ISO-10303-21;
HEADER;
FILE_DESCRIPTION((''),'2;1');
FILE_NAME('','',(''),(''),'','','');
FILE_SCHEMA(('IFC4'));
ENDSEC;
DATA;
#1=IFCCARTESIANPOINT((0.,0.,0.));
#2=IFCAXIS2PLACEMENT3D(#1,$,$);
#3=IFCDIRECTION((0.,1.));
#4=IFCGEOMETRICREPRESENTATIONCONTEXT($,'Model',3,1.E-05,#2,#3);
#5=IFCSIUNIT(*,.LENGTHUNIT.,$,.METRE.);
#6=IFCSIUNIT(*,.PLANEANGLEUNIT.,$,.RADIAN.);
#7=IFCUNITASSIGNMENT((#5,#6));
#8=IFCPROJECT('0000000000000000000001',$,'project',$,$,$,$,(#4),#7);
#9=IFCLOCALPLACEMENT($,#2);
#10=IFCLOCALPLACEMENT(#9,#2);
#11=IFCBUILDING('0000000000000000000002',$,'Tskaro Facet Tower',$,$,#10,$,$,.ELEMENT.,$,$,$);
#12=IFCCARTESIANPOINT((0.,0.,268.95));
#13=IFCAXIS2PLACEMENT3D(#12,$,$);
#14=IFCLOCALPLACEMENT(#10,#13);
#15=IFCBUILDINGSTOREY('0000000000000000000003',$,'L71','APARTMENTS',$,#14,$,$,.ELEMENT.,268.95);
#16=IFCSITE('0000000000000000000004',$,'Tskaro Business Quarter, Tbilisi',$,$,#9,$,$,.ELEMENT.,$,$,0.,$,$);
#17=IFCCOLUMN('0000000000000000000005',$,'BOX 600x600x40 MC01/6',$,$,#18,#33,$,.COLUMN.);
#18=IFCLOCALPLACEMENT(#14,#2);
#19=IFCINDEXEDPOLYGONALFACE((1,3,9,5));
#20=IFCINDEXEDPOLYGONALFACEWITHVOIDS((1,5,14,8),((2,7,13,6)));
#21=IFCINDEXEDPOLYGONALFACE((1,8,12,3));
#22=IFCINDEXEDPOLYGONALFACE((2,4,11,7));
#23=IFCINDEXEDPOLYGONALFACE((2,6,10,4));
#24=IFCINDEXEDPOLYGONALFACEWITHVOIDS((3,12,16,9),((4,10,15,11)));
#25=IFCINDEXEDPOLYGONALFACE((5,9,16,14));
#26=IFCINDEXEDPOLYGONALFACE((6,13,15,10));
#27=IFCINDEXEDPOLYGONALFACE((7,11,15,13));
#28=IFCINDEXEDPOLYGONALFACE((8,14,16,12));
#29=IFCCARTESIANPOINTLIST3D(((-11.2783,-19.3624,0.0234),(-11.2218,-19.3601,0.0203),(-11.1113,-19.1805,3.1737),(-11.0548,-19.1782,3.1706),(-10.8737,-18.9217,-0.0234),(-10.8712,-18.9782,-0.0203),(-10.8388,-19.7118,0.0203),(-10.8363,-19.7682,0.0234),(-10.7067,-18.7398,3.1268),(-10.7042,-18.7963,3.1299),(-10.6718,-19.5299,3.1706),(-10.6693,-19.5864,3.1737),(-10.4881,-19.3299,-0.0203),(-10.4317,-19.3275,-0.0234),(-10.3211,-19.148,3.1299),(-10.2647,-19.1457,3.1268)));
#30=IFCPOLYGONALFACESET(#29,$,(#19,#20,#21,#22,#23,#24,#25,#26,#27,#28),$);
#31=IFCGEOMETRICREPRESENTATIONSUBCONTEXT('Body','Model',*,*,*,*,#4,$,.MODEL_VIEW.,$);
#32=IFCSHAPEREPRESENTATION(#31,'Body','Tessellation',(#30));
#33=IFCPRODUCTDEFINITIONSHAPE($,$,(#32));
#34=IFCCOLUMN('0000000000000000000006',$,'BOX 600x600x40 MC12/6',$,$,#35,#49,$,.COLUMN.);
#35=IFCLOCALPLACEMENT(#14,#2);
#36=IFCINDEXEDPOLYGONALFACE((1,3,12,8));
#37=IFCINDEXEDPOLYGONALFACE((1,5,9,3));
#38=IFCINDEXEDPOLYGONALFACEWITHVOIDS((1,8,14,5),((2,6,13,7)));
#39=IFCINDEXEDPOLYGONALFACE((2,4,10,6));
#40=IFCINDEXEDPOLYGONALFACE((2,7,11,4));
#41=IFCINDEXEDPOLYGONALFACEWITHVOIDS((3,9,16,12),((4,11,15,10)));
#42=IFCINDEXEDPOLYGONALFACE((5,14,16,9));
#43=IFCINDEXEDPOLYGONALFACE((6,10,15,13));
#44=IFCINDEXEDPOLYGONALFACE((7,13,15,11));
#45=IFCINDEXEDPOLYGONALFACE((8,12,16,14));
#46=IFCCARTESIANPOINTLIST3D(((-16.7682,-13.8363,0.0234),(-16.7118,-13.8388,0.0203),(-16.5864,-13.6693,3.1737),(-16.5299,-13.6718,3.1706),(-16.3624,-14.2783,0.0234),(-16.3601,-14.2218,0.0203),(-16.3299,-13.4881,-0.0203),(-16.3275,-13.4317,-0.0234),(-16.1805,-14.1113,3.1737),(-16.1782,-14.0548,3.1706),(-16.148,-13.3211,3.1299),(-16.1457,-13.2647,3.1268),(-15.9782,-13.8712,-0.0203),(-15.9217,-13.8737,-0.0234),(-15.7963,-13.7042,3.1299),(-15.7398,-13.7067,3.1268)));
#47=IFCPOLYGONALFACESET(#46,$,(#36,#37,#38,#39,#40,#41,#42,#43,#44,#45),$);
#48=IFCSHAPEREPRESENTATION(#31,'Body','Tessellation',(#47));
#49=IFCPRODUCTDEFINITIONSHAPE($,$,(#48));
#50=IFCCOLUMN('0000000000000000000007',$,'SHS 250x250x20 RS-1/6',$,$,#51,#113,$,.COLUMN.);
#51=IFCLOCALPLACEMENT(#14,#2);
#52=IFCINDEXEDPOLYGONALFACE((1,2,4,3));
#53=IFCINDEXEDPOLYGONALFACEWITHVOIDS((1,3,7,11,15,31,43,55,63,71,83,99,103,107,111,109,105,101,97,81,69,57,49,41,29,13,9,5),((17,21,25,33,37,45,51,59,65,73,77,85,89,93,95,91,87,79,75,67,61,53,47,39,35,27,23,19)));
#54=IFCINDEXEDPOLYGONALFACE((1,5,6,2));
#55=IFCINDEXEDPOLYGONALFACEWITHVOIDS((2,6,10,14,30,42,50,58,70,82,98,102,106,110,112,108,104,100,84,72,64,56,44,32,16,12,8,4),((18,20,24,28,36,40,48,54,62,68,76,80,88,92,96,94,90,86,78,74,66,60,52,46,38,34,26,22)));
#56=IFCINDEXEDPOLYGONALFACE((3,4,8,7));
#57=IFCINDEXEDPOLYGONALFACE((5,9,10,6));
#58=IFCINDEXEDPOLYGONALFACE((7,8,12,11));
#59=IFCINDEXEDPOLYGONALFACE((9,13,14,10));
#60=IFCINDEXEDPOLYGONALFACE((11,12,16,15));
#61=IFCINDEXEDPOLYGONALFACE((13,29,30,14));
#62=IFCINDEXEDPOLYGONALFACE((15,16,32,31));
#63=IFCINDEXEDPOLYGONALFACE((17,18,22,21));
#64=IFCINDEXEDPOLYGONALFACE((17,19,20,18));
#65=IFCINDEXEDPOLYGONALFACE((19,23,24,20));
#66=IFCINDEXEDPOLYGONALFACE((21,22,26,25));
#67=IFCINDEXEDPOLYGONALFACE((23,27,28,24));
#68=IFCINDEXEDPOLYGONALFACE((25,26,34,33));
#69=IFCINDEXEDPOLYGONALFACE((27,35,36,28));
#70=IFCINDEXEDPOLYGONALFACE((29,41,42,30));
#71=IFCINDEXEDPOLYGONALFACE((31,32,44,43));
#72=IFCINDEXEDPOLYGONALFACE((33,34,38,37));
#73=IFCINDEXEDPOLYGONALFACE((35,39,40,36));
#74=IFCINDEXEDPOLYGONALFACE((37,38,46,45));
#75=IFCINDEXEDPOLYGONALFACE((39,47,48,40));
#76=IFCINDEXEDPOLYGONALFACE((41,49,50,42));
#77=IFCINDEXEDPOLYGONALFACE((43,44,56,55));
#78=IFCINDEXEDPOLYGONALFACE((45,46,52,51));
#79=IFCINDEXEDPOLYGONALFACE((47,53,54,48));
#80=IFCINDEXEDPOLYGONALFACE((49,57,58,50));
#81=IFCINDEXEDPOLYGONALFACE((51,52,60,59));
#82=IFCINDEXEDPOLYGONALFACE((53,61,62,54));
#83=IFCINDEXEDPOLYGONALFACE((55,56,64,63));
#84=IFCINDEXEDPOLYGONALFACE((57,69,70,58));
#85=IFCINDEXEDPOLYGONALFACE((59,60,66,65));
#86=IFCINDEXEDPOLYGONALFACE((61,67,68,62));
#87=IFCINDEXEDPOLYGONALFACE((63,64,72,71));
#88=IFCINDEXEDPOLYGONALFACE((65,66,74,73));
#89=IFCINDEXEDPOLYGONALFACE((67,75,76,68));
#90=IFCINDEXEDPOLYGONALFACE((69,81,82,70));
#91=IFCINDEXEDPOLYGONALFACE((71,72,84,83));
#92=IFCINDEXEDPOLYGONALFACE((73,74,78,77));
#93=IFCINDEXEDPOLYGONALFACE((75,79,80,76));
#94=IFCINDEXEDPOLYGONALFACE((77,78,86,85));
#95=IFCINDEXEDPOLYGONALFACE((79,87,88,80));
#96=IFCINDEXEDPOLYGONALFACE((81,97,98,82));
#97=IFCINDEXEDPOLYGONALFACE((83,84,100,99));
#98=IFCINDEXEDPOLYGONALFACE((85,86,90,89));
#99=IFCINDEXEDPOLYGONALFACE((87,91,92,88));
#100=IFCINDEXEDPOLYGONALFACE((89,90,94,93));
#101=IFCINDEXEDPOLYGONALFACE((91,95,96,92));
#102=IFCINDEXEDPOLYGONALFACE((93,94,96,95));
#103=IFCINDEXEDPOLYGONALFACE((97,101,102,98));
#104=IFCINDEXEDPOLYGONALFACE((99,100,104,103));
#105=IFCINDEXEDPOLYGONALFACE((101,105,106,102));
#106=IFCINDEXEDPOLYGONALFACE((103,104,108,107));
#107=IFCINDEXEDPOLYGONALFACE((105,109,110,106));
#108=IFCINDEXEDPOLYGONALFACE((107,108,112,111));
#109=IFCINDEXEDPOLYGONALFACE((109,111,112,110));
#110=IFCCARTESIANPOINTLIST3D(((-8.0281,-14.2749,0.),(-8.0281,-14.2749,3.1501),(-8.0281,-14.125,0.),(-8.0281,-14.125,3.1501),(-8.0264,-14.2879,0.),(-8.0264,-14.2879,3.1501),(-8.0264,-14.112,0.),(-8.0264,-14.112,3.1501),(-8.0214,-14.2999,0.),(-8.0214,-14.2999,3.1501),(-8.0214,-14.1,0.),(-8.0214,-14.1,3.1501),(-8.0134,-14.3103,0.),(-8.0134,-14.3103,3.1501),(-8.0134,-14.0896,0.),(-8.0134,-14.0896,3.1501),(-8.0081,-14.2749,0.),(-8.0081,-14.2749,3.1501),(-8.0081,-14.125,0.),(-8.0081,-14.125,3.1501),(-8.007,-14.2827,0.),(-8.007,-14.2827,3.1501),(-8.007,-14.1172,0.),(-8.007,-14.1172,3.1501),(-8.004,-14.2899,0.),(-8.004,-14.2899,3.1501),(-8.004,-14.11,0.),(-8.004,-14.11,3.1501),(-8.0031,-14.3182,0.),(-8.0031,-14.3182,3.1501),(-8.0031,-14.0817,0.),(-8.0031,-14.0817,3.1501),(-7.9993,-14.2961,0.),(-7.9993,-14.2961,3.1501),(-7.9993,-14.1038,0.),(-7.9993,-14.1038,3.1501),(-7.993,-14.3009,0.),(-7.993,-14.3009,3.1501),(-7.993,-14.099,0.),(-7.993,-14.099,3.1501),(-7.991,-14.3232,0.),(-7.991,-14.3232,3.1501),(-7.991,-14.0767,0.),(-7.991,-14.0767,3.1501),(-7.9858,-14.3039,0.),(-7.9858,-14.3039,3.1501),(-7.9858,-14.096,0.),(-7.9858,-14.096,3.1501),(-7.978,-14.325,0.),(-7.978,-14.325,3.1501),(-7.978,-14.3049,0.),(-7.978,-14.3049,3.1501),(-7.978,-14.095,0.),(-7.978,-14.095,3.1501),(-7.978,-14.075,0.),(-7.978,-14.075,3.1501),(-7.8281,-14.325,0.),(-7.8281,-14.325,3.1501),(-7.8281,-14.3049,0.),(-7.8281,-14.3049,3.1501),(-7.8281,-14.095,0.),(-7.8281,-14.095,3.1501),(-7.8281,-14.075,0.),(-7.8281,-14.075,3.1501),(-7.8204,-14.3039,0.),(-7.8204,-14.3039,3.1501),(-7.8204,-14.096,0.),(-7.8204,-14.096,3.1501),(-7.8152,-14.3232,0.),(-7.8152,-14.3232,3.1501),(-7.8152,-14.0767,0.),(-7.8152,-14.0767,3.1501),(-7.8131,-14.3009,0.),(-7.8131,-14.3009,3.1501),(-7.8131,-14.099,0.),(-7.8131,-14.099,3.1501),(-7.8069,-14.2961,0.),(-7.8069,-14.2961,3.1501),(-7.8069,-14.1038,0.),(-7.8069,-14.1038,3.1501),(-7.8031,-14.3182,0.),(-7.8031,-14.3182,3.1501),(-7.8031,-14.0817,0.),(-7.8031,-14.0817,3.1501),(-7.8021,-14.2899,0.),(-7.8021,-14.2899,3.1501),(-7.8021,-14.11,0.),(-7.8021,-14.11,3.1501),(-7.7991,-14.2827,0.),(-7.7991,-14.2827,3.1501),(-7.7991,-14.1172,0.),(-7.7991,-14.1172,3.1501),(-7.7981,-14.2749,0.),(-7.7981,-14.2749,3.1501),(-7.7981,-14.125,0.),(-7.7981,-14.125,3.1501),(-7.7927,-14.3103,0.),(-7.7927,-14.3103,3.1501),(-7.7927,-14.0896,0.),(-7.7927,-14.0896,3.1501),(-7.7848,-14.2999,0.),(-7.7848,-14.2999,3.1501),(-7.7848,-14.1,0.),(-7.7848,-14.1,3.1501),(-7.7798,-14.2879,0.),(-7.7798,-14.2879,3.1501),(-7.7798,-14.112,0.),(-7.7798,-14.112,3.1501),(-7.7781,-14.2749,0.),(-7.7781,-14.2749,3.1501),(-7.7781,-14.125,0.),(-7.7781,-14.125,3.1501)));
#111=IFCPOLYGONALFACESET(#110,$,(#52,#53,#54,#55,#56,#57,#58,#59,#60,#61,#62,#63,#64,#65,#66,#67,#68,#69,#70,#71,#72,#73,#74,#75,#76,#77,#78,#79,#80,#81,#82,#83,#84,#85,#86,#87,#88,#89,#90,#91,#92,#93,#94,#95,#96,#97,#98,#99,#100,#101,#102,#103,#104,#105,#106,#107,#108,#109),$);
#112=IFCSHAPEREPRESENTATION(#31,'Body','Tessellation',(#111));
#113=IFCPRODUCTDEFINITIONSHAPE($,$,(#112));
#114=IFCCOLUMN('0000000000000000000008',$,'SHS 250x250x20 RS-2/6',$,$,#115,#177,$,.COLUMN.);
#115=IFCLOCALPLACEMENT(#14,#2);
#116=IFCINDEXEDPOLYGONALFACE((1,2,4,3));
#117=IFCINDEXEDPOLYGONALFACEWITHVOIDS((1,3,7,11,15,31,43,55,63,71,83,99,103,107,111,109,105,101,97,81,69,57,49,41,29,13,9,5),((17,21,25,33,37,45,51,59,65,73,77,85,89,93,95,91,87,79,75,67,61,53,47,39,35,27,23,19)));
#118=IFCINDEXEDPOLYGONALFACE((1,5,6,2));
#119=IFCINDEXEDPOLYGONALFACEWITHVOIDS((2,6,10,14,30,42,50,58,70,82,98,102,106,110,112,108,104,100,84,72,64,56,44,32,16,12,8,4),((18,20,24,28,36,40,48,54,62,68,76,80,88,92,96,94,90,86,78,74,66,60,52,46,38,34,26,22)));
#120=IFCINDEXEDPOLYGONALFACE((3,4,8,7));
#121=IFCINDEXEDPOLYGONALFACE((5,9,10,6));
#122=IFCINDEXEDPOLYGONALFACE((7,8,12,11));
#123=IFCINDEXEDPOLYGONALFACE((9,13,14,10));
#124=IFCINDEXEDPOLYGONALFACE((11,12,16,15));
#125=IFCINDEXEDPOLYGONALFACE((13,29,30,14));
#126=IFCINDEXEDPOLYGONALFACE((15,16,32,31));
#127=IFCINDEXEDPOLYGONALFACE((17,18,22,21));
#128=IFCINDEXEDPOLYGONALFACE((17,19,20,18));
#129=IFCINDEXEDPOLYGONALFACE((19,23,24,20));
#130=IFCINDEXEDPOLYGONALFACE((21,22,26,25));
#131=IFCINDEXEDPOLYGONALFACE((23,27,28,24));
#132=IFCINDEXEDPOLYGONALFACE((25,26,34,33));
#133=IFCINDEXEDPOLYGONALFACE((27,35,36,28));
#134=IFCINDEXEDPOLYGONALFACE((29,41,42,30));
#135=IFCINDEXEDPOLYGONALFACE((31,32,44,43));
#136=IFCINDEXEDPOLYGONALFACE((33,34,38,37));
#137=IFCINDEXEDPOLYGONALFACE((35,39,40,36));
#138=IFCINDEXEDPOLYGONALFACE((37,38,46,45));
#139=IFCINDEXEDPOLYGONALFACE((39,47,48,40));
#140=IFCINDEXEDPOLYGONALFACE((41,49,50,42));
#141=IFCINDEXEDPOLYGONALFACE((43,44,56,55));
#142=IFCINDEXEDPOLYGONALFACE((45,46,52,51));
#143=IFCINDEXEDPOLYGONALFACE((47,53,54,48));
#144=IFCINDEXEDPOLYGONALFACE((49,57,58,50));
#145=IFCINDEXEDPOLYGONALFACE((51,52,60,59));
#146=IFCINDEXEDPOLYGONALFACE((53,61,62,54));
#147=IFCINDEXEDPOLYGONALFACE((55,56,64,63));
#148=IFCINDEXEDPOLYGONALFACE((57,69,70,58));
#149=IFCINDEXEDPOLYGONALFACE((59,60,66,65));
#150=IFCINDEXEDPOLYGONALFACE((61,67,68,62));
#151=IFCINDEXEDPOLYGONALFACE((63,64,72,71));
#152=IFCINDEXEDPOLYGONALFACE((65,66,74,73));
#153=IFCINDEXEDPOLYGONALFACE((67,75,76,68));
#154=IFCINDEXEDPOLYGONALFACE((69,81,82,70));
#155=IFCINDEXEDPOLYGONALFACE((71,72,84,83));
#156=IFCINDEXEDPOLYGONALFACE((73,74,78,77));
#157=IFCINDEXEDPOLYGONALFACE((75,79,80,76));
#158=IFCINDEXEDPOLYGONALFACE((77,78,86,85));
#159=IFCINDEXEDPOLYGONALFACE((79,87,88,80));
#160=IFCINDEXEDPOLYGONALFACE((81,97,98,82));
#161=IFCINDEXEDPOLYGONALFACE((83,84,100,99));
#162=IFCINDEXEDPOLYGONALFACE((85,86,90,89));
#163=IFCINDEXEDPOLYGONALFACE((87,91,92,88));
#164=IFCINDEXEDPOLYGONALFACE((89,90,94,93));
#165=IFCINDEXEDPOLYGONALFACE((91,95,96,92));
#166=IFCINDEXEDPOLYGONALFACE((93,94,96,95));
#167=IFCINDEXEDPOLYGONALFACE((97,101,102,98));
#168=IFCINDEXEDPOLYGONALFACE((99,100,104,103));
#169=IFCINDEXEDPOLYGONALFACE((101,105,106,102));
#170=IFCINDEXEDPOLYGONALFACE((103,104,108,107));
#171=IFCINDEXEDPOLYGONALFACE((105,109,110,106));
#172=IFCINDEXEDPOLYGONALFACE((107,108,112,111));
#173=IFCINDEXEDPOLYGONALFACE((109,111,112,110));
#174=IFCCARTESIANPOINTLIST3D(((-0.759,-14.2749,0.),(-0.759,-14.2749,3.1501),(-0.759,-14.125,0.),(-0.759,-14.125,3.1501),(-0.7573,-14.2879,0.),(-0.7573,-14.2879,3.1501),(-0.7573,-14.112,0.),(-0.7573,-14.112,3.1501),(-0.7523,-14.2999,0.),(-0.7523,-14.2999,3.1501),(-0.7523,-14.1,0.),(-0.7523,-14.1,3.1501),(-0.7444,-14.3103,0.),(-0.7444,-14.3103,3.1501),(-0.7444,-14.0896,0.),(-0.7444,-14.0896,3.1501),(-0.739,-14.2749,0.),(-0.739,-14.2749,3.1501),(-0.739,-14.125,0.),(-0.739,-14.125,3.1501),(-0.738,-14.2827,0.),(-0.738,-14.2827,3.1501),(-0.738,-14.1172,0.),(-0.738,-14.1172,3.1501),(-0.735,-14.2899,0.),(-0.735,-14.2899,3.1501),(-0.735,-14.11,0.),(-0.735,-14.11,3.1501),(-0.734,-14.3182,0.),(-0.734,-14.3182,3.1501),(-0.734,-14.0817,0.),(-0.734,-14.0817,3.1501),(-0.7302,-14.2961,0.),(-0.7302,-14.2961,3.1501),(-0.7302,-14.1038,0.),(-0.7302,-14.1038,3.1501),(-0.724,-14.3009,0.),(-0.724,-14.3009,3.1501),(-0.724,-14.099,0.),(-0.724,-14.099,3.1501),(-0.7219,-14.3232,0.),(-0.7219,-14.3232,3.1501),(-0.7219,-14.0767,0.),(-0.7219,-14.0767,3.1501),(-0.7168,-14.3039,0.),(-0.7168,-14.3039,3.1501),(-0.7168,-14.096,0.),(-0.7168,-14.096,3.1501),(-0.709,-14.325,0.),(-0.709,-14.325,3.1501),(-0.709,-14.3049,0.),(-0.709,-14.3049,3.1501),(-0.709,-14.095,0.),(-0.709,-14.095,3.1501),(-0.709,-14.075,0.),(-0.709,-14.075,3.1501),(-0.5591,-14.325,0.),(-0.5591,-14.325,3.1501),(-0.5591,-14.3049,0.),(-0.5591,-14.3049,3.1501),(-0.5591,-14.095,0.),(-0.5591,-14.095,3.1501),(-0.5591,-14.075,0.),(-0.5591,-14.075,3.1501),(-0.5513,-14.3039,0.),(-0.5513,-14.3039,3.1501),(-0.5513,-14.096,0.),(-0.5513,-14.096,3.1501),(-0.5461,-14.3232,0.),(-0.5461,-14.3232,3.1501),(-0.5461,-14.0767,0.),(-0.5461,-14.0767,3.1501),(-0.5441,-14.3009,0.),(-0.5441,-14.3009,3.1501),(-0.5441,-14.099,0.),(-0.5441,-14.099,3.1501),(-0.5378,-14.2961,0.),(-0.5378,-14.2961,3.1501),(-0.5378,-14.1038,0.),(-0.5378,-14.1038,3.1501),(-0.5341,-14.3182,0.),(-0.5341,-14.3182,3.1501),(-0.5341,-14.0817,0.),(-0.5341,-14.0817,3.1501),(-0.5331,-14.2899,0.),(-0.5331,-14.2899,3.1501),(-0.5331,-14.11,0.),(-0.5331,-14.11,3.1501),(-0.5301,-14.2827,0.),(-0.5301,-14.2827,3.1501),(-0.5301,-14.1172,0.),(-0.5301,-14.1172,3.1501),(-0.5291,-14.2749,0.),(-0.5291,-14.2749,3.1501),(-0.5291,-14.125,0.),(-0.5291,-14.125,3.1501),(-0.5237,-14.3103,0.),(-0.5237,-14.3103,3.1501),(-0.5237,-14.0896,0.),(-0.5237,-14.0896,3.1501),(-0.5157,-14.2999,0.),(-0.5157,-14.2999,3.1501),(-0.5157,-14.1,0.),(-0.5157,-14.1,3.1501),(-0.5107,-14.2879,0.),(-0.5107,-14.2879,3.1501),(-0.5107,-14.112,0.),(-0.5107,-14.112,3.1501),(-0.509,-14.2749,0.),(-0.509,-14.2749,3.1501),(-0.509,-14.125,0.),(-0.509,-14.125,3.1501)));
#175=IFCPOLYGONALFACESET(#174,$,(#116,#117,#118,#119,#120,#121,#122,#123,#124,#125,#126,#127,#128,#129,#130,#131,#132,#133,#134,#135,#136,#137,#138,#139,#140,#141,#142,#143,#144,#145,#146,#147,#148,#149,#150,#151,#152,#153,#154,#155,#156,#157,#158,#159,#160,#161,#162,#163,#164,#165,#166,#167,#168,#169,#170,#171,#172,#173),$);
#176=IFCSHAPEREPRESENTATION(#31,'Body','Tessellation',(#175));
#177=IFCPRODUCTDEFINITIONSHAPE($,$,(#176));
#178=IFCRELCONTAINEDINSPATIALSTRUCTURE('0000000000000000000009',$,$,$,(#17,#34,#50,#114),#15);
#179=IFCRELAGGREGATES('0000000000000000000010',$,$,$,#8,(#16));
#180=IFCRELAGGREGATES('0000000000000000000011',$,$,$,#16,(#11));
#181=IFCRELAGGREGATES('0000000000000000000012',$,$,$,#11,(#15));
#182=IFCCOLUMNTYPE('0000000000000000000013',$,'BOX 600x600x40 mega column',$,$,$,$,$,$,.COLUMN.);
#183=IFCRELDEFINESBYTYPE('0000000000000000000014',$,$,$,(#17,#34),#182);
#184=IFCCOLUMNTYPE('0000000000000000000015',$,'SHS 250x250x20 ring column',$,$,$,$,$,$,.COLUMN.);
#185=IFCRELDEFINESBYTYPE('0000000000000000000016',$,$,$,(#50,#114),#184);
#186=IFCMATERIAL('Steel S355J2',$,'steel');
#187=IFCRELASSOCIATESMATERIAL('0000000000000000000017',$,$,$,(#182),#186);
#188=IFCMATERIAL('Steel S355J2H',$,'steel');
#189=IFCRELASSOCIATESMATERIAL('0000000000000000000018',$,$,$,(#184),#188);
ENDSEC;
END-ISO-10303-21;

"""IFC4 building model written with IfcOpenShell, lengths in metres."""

from ifc_helpers import new_model, si_unit, direction, frame, origin, origin_2d, place, context, subcontext, project, spatial, hollow_rectangle, extrude, material, material_profile, profile_set, type_object, element, save


model = new_model("IFC4")

# Units and contexts
model_context = context("Model", 3, precision=1e-05, world=origin(), true_north=direction((0.0, 1.0)))
body_context = subcontext(model_context, "Body", "Model", "MODEL_VIEW")
ifc_project = project(units=[si_unit("LENGTHUNIT", "METRE"), si_unit("PLANEANGLEUNIT", "RADIAN")], contexts=[model_context])

# Site, building, storey
site_placement = place(None, origin())
site = spatial("IfcSite", under=ifc_project, at=site_placement, Name="Tskaro Business Quarter, Tbilisi", CompositionType="ELEMENT", RefElevation=0.0)
building_placement = place(site_placement, origin())
building = spatial("IfcBuilding", under=site, at=building_placement, Name="Tskaro Facet Tower", CompositionType="ELEMENT")
storey_placement = place(building_placement, frame((0.0, 0.0, 268.95)))
storey = spatial("IfcBuildingStorey", under=building, at=storey_placement, Name="L71", Description="APARTMENTS", CompositionType="ELEMENT", Elevation=268.95)

# Columns
ifc_material_1 = material(Name="Steel S355J2", Category="steel")
ifc_material_profile_1 = material_profile(ifc_material_1, hollow_rectangle(XDim=0.6001, YDim=0.6001, WallThickness=0.04, at=origin_2d()), Name="BOX 600x600x40")
ifc_profile_set_1 = profile_set([ifc_material_profile_1], Name="Steel S355J2")
column_type_1 = type_object("IfcColumnType", Name="BOX 600x600x40 mega column", PredefinedType="COLUMN", material=ifc_profile_set_1)
for number, where, z_axis, x_axis, name in (
    (1, (-10.855, -19.345, 0.0), (0.052849, 0.057562, 0.996942), (-0.73662, 0.676306, 0.0), "BOX 600x600x40 MC01/6"),
    (2, (-16.345, -13.855, 0.0), (0.057562, 0.052849, 0.996942), (-0.676306, 0.73662, 0.0), "BOX 600x600x40 MC12/6"),
):
    element("IfcColumn", number, at=place(storey_placement, frame(where, z_axis=z_axis, x_axis=x_axis)), inside=storey, type_object=column_type_1, Name=name, PredefinedType="COLUMN", context=body_context, shape_type="SweptSolid", body=[
        extrude(hollow_rectangle(XDim=0.6001, YDim=0.6001, WallThickness=0.04, at=origin_2d()), origin(), (0.0, 0.0, 1.0), 3.1599),
    ])
ifc_material_2 = material(Name="Steel S355J2H", Category="steel")
ifc_material_profile_2 = material_profile(ifc_material_2, hollow_rectangle(XDim=0.25, YDim=0.25, WallThickness=0.02, InnerFilletRadius=0.03, OuterFilletRadius=0.05, at=origin_2d()), Name="SHS 250x250x20")
ifc_profile_set_2 = profile_set([ifc_material_profile_2], Name="Steel S355J2H")
column_type_2 = type_object("IfcColumnType", Name="SHS 250x250x20 ring column", PredefinedType="COLUMN", material=ifc_profile_set_2)
for number, where, z_axis, x_axis, name in (
    (3, (-7.9031, -14.2, 0.0), (0.0, 0.0, 1.0), (1.0, 0.0, 0.0), "SHS 250x250x20 RS-1/6"),
    (4, (-0.634, -14.2, 0.0), (0.0, 0.0, 1.0), (1.0, 0.0, 0.0), "SHS 250x250x20 RS-2/6"),
):
    element("IfcColumn", number, at=place(storey_placement, frame(where, z_axis=z_axis, x_axis=x_axis)), inside=storey, type_object=column_type_2, Name=name, PredefinedType="COLUMN", context=body_context, shape_type="SweptSolid", body=[
        extrude(hollow_rectangle(XDim=0.25, YDim=0.25, WallThickness=0.02, InnerFilletRadius=0.03, OuterFilletRadius=0.05, at=origin_2d()), origin(), (0.0, 0.0, 1.0), 3.1501),
    ])

save(model, "model.ifc")
